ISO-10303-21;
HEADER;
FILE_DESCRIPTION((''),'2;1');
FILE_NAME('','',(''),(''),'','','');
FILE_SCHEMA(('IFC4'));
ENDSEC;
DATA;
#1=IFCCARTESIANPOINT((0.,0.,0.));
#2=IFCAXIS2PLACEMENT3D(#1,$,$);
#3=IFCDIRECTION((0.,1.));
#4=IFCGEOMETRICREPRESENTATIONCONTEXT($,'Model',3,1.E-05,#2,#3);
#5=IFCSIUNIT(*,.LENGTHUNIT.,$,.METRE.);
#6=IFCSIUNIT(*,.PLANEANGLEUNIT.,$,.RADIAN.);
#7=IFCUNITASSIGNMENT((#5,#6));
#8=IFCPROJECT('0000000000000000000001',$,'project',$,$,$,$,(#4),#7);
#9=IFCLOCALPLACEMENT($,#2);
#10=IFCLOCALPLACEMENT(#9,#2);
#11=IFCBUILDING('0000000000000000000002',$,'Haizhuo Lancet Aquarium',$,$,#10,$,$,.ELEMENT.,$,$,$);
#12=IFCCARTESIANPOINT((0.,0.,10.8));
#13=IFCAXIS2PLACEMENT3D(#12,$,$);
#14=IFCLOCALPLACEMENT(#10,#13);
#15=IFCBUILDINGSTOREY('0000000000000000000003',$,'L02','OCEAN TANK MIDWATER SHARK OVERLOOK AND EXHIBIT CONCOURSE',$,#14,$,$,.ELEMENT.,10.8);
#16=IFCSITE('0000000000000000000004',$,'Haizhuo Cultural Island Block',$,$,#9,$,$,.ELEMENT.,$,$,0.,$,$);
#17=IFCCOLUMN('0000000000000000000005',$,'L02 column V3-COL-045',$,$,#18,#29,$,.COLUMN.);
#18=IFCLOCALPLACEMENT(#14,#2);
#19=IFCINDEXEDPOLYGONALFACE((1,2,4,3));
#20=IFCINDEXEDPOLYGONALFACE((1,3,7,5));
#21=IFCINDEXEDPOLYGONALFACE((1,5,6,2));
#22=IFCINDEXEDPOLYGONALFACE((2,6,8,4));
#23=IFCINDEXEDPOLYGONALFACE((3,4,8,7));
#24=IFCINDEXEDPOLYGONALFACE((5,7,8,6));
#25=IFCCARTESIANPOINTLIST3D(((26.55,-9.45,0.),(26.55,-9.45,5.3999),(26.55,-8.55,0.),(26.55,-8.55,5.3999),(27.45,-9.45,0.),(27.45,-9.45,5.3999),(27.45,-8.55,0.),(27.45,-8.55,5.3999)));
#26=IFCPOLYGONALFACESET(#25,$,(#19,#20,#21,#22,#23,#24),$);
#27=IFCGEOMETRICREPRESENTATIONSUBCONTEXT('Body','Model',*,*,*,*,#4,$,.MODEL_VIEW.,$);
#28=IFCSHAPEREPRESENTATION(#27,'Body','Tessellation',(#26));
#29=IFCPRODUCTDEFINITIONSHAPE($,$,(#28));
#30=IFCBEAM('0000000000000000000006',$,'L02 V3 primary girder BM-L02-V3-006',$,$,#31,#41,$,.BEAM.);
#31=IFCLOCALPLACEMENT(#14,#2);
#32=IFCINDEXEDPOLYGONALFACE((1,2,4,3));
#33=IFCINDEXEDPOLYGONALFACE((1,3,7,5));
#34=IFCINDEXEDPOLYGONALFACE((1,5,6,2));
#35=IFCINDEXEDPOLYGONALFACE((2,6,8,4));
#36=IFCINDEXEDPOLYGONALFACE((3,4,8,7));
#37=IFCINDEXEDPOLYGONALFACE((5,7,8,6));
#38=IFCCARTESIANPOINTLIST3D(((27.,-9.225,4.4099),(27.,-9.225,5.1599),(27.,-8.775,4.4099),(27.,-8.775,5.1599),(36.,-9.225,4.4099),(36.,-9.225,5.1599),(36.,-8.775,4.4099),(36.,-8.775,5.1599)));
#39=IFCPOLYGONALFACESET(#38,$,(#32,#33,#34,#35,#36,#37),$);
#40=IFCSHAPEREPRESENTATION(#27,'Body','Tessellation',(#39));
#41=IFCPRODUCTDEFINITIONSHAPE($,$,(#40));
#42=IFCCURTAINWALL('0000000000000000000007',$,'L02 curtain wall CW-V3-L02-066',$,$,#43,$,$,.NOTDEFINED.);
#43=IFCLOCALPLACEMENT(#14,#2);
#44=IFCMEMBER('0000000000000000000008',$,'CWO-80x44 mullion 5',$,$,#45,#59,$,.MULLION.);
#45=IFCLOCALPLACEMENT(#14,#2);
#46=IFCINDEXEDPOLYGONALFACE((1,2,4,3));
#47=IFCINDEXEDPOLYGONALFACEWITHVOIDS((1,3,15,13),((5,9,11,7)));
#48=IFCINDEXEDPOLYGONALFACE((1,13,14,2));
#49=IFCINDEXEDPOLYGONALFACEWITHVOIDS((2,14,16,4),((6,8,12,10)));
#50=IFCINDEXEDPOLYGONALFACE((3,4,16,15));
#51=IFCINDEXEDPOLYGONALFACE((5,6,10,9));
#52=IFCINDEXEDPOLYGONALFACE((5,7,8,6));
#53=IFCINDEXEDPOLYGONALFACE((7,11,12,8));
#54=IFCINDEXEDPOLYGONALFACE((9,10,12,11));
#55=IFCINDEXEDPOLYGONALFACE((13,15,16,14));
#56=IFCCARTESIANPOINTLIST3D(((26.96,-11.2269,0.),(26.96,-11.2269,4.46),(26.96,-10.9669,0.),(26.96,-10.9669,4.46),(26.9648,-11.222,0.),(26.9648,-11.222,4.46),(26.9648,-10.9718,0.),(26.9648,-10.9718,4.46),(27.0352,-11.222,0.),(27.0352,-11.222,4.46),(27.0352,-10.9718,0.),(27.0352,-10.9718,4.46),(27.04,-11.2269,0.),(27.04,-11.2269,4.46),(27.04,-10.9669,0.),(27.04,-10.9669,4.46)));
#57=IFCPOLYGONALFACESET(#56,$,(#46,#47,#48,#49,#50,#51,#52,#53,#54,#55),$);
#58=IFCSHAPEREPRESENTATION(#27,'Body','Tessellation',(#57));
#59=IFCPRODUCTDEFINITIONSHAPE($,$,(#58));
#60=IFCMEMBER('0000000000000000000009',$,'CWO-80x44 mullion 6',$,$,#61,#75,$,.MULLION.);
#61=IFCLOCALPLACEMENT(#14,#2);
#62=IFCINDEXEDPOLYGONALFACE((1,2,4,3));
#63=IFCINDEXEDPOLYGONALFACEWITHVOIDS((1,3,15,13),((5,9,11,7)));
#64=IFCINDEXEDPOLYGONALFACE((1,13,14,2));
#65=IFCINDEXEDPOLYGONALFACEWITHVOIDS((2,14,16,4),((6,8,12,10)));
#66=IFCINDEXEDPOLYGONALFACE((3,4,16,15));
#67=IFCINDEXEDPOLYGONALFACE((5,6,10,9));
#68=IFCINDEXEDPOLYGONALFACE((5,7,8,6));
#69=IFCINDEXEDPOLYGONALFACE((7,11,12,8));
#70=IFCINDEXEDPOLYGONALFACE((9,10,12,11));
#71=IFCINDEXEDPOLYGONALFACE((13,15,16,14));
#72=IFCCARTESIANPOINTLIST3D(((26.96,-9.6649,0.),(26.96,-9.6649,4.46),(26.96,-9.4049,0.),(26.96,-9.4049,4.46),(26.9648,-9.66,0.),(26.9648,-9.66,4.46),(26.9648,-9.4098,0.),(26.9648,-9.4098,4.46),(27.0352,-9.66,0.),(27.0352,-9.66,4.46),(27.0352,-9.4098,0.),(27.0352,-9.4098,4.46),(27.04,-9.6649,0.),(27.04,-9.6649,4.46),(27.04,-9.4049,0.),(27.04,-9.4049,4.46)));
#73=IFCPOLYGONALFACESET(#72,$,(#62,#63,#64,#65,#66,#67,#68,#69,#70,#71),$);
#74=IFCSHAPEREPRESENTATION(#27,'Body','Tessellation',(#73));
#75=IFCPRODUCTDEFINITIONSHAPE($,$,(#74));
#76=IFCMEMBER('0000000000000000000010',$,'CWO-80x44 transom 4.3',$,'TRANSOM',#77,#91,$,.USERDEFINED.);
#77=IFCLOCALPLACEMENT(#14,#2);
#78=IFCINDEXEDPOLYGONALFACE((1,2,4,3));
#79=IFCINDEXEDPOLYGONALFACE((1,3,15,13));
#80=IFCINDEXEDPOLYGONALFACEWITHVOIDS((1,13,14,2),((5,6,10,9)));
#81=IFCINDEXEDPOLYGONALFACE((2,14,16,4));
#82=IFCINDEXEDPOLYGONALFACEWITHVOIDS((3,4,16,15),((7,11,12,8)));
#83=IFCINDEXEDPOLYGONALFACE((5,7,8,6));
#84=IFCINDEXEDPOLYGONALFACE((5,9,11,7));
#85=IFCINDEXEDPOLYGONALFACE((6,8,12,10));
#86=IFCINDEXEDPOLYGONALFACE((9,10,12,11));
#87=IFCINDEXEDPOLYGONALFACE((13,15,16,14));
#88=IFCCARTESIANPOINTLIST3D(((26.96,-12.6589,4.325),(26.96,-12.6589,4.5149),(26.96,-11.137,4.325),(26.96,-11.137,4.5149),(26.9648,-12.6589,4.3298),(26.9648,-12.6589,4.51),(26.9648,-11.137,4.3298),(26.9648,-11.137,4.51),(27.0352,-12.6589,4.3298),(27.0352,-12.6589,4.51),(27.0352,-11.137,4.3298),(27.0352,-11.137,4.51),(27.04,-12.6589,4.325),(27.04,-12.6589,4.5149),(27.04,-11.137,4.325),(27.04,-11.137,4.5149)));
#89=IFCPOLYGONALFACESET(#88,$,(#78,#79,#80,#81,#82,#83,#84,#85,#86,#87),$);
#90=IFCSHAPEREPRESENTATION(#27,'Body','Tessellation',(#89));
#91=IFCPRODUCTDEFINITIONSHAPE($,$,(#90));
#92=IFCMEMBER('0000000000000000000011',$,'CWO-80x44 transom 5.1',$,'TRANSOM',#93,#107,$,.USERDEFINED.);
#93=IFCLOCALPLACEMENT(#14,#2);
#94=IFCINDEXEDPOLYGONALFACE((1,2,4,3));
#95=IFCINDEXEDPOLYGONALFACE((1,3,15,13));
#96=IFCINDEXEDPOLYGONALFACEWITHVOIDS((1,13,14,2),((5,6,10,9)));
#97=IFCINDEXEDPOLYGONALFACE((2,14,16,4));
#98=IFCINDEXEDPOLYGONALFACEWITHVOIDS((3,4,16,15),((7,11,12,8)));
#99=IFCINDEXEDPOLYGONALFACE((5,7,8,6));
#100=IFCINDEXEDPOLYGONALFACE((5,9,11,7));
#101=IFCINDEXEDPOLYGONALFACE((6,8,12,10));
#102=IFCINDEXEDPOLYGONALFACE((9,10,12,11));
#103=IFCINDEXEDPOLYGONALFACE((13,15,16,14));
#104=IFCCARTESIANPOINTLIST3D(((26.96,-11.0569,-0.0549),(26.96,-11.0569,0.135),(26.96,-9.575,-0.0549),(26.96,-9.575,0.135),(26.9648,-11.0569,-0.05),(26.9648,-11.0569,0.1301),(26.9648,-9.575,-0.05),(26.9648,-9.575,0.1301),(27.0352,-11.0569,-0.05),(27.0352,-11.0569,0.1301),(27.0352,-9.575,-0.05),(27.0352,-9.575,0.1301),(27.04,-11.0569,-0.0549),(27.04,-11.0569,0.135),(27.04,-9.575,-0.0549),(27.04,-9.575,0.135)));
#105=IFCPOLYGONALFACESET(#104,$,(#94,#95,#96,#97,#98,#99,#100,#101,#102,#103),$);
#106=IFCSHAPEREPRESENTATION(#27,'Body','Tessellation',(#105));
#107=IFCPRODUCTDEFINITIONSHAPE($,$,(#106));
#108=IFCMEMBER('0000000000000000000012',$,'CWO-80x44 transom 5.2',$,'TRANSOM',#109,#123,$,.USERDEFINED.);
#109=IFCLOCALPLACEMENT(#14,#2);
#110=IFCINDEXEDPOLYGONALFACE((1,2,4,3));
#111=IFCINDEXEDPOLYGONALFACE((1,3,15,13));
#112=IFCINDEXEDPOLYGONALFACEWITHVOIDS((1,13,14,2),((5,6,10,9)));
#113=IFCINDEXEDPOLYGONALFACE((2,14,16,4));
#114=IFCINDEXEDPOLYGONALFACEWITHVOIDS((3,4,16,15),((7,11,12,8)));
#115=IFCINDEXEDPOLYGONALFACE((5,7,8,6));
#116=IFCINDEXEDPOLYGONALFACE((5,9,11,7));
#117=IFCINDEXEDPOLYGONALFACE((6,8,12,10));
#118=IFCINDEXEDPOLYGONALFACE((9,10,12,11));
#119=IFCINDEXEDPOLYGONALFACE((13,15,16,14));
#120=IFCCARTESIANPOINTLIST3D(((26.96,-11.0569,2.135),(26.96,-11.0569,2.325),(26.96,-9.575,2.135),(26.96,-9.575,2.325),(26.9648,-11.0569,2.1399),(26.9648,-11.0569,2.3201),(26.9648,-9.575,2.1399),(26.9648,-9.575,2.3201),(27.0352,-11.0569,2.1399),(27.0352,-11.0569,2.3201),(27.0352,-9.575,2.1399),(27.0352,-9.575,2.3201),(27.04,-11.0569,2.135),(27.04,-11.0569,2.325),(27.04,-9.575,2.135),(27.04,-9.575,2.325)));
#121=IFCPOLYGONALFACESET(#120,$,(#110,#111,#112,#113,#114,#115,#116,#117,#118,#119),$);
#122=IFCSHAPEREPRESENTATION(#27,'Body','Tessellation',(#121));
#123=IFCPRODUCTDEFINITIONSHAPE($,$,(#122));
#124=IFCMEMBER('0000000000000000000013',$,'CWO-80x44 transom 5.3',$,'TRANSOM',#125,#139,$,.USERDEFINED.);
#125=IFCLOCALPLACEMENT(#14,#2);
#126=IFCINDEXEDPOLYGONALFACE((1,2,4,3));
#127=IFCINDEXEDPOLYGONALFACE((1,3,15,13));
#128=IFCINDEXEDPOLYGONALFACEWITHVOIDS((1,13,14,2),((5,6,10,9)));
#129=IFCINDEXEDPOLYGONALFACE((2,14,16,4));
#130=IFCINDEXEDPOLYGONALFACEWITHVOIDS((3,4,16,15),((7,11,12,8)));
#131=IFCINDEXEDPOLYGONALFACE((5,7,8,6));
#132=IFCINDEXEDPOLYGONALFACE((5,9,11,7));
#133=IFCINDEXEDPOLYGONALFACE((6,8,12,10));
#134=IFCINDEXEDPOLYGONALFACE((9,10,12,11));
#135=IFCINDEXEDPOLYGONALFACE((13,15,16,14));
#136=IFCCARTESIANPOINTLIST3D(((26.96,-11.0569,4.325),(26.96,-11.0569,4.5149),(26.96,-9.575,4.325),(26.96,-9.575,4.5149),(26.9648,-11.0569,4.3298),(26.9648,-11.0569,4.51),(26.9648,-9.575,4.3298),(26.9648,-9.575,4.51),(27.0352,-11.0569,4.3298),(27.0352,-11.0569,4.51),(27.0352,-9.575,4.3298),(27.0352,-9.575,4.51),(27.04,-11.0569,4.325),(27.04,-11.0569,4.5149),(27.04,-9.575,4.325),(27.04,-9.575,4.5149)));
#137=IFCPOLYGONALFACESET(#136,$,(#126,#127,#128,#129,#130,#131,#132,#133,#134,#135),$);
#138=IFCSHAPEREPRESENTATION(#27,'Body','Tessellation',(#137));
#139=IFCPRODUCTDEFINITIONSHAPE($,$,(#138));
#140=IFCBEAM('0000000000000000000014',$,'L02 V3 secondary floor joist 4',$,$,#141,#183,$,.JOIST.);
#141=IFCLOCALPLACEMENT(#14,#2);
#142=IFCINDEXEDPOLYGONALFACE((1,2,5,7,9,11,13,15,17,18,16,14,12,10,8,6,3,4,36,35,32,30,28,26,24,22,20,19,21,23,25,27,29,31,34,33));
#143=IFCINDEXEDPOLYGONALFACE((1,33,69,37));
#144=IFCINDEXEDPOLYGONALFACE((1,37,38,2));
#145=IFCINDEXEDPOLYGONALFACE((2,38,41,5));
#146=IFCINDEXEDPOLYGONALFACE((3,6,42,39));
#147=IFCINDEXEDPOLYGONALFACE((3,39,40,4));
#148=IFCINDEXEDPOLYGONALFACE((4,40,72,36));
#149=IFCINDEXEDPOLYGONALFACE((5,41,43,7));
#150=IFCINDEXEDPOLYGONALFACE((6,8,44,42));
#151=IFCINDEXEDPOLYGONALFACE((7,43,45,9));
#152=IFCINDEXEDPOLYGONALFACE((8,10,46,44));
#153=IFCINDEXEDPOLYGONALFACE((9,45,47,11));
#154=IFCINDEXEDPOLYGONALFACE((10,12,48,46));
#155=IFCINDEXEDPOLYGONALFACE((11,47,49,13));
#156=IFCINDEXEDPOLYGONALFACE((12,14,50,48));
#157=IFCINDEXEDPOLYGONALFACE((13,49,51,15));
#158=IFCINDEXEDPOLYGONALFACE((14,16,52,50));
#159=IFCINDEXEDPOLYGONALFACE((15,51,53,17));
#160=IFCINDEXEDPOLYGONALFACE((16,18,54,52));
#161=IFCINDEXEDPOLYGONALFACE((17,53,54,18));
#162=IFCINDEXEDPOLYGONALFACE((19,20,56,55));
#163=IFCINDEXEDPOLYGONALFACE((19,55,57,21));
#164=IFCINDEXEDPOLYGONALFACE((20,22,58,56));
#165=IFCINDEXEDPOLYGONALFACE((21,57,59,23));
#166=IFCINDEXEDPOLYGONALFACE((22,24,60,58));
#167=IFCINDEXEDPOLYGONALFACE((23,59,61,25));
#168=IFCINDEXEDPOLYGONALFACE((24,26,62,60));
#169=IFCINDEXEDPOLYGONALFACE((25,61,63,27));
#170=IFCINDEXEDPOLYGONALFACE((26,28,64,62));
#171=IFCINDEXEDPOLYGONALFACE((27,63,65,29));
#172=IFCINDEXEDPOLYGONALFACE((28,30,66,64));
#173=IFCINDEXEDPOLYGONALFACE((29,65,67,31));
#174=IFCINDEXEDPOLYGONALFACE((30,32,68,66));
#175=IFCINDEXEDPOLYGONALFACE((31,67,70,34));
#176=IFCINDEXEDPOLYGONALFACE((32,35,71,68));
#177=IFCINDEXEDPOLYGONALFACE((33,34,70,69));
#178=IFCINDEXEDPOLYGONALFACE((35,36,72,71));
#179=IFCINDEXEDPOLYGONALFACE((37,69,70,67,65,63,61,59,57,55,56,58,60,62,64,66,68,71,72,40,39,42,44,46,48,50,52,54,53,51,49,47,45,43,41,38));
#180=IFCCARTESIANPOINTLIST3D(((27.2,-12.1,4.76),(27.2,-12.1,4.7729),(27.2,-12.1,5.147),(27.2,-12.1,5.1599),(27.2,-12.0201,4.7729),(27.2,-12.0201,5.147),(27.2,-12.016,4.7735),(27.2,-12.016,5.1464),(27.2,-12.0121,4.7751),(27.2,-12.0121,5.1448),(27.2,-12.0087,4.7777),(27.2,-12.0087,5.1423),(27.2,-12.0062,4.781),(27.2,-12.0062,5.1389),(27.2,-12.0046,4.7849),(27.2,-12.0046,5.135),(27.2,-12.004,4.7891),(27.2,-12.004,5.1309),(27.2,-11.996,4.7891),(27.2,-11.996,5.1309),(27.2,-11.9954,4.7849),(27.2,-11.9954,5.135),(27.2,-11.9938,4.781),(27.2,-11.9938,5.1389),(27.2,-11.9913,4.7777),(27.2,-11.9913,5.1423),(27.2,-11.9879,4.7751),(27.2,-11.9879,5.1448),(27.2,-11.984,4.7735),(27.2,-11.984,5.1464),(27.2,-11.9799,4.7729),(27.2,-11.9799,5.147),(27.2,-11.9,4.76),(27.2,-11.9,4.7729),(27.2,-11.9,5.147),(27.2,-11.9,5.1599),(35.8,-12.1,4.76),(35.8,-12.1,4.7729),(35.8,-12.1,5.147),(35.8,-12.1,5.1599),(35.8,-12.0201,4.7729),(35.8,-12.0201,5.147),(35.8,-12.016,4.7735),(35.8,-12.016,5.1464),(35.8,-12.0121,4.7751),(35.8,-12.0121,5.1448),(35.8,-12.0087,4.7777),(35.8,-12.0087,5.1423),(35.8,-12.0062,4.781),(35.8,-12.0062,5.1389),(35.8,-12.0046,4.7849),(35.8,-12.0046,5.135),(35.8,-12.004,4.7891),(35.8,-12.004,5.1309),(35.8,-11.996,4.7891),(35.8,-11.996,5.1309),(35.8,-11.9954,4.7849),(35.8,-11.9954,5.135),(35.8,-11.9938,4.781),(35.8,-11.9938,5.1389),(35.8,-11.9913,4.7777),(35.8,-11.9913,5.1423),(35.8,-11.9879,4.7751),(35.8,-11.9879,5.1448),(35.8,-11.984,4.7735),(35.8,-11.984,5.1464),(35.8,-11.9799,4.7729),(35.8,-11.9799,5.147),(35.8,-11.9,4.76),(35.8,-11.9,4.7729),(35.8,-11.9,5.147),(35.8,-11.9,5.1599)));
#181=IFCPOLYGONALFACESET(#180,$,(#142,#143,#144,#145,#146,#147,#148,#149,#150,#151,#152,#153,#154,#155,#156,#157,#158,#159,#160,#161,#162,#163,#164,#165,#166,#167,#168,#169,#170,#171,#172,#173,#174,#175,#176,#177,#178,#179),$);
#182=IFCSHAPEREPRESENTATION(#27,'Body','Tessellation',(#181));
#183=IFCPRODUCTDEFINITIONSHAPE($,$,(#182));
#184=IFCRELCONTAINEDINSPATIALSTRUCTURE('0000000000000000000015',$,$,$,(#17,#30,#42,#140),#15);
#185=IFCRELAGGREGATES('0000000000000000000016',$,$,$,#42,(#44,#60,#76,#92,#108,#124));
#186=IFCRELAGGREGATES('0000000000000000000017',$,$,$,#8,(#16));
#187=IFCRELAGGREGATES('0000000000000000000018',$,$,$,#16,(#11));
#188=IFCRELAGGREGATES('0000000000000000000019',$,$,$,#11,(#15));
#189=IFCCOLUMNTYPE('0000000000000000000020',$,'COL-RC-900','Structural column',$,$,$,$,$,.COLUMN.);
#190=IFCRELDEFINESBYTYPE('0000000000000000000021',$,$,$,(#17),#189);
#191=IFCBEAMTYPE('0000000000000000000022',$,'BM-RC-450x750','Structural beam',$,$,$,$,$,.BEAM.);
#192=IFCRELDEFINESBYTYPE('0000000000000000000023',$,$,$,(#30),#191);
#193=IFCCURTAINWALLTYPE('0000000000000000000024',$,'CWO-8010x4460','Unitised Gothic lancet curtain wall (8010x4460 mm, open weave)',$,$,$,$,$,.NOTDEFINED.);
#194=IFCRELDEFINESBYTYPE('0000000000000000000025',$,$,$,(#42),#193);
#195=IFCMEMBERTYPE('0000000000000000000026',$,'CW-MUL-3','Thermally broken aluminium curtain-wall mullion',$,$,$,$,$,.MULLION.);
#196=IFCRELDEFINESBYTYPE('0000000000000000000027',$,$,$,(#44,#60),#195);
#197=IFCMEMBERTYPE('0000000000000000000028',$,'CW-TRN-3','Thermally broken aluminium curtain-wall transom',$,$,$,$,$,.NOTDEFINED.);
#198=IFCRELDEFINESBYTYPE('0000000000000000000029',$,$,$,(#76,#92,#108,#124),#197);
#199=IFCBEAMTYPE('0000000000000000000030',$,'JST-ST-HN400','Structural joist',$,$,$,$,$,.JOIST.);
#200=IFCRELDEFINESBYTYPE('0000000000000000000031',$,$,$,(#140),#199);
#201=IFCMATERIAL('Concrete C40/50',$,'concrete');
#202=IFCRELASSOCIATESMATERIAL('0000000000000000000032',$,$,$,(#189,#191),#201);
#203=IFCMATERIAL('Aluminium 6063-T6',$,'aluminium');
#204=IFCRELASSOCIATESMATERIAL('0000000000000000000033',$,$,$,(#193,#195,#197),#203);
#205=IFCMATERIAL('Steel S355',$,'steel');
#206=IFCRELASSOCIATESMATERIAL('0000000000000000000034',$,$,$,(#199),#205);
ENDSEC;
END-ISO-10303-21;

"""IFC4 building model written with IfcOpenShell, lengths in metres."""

from ifc_helpers import new_model, si_unit, direction, frame, origin, origin_2d, place, context, subcontext, project, spatial, rectangle, hollow_rectangle, i_section, extrude, material, material_profile, profile_set, type_object, element, aggregate, save


model = new_model("IFC4")

# Units and contexts
model_context = context("Model", 3, precision=1e-05, world=origin(), true_north=direction((0.0, 1.0)))
body_context = subcontext(model_context, "Body", "Model", "MODEL_VIEW")
ifc_project = project(units=[si_unit("LENGTHUNIT", "METRE"), si_unit("PLANEANGLEUNIT", "RADIAN")], contexts=[model_context])

# Site, building, storey
site_placement = place(None, origin())
site = spatial("IfcSite", under=ifc_project, at=site_placement, Name="Haizhuo Cultural Island Block", CompositionType="ELEMENT", RefElevation=0.0)
building_placement = place(site_placement, origin())
building = spatial("IfcBuilding", under=site, at=building_placement, Name="Haizhuo Lancet Aquarium", CompositionType="ELEMENT")
storey_placement = place(building_placement, frame((0.0, 0.0, 10.8)))
storey = spatial("IfcBuildingStorey", under=building, at=storey_placement, Name="L02", Description="OCEAN TANK MIDWATER SHARK OVERLOOK AND EXHIBIT CONCOURSE", CompositionType="ELEMENT", Elevation=10.8)

# Column
ifc_material_1 = material(Name="Concrete C40/50", Category="concrete")
ifc_material_profile_1 = material_profile(ifc_material_1, rectangle(XDim=0.8999, YDim=0.8999, at=origin_2d()), Name="RC-COL 900x900")
ifc_profile_set_1 = profile_set([ifc_material_profile_1], Name="Concrete C40/50")
column_type = type_object("IfcColumnType", Name="COL-RC-900", Description="Structural column", PredefinedType="COLUMN", material=ifc_profile_set_1)
column_placement = place(storey_placement, frame((27.0, -9.0, 0.0), z_axis=(0.0, 0.0, 1.0), x_axis=(1.0, 0.0, 0.0)))
element("IfcColumn", 1, at=column_placement, inside=storey, type_object=column_type, Name="L02 column V3-COL-045", PredefinedType="COLUMN", context=body_context, shape_type="SweptSolid", body=[
    extrude(rectangle(XDim=0.8999, YDim=0.8999, at=origin_2d()), origin(), (0.0, 0.0, 1.0), 5.3999),
])

# Beam
ifc_material_profile_2 = material_profile(ifc_material_1, rectangle(XDim=0.45, YDim=0.75, at=origin_2d()), Name="RC-BM 450x750")
ifc_profile_set_2 = profile_set([ifc_material_profile_2], Name="Concrete C40/50")
beam_type_1 = type_object("IfcBeamType", Name="BM-RC-450x750", Description="Structural beam", PredefinedType="BEAM", material=ifc_profile_set_2)
beam_1_placement = place(storey_placement, frame((27.0, -9.0, 4.7849), z_axis=(1.0, 0.0, 0.0), x_axis=(0.0, 1.0, 0.0)))
element("IfcBeam", 2, at=beam_1_placement, inside=storey, type_object=beam_type_1, Name="L02 V3 primary girder BM-L02-V3-006", PredefinedType="BEAM", context=body_context, shape_type="SweptSolid", body=[
    extrude(rectangle(XDim=0.45, YDim=0.75, at=origin_2d()), origin(), (0.0, 0.0, 1.0), 9.0),
])

# Curtain wall, members
ifc_material_2 = material(Name="Aluminium 6063-T6", Category="aluminium")
curtain_wall_type = type_object("IfcCurtainWallType", Name="CWO-8010x4460", Description="Unitised Gothic lancet curtain wall (8010x4460 mm, open weave)", PredefinedType="NOTDEFINED", material=ifc_material_2)
curtain_wall_placement = place(storey_placement, origin())
curtain_wall = element("IfcCurtainWall", 3, at=curtain_wall_placement, inside=storey, type_object=curtain_wall_type, Name="L02 curtain wall CW-V3-L02-066", PredefinedType="NOTDEFINED")
ifc_material_profile_3 = material_profile(ifc_material_2, hollow_rectangle(XDim=0.0801, YDim=0.26, WallThickness=0.0049, at=origin_2d()), Name="ALU-M 80x260x5")
ifc_profile_set_3 = profile_set([ifc_material_profile_3], Name="Aluminium 6063-T6")
member_type_1 = type_object("IfcMemberType", Name="CW-MUL-3", Description="Thermally broken aluminium curtain-wall mullion", PredefinedType="MULLION", material=ifc_profile_set_3)
member_1_placement = place(storey_placement, frame((27.0, -11.0969, 0.0), z_axis=(0.0, 0.0, 1.0), x_axis=(-1.0, 0.0, 0.0)))
member_1 = element("IfcMember", 4, at=member_1_placement, type_object=member_type_1, Name="CWO-80x44 mullion 5", PredefinedType="MULLION", context=body_context, shape_type="SweptSolid", body=[
    extrude(hollow_rectangle(XDim=0.0801, YDim=0.26, WallThickness=0.0049, at=origin_2d()), origin(), (0.0, 0.0, 1.0), 4.46),
])
member_2_placement = place(storey_placement, frame((27.0, -9.5349, 0.0), z_axis=(0.0, 0.0, 1.0), x_axis=(-1.0, 0.0, 0.0)))
member_2 = element("IfcMember", 5, at=member_2_placement, type_object=member_type_1, Name="CWO-80x44 mullion 6", PredefinedType="MULLION", context=body_context, shape_type="SweptSolid", body=[
    extrude(hollow_rectangle(XDim=0.0801, YDim=0.26, WallThickness=0.0049, at=origin_2d()), origin(), (0.0, 0.0, 1.0), 4.46),
])
ifc_material_profile_4 = material_profile(ifc_material_2, hollow_rectangle(XDim=0.0801, YDim=0.1899, WallThickness=0.0049, at=origin_2d()), Name="ALU-T 80x190x5")
ifc_profile_set_4 = profile_set([ifc_material_profile_4], Name="Aluminium 6063-T6")
member_type_2 = type_object("IfcMemberType", Name="CW-TRN-3", Description="Thermally broken aluminium curtain-wall transom", PredefinedType="NOTDEFINED", material=ifc_profile_set_4)
member_3_placement = place(storey_placement, frame((27.0, -12.6589, 4.4199), z_axis=(0.0, 1.0, 0.0), x_axis=(-1.0, 0.0, 0.0)))
member_3 = element("IfcMember", 6, at=member_3_placement, type_object=member_type_2, Name="CWO-80x44 transom 4.3", ObjectType="TRANSOM", PredefinedType="USERDEFINED", context=body_context, shape_type="SweptSolid", body=[
    extrude(hollow_rectangle(XDim=0.0801, YDim=0.1899, WallThickness=0.0049, at=origin_2d()), origin(), (0.0, 0.0, 1.0), 1.522),
])
member_4_placement = place(storey_placement, frame((27.0, -11.0569, 0.04), z_axis=(0.0, 1.0, 0.0), x_axis=(-1.0, 0.0, 0.0)))
member_4 = element("IfcMember", 7, at=member_4_placement, type_object=member_type_2, Name="CWO-80x44 transom 5.1", ObjectType="TRANSOM", PredefinedType="USERDEFINED", context=body_context, shape_type="SweptSolid", body=[
    extrude(hollow_rectangle(XDim=0.0801, YDim=0.1899, WallThickness=0.0049, at=origin_2d()), origin(), (0.0, 0.0, 1.0), 1.4819),
])
member_5_placement = place(storey_placement, frame((27.0, -11.0569, 2.23), z_axis=(0.0, 1.0, 0.0), x_axis=(-1.0, 0.0, 0.0)))
member_5 = element("IfcMember", 8, at=member_5_placement, type_object=member_type_2, Name="CWO-80x44 transom 5.2", ObjectType="TRANSOM", PredefinedType="USERDEFINED", context=body_context, shape_type="SweptSolid", body=[
    extrude(hollow_rectangle(XDim=0.0801, YDim=0.1899, WallThickness=0.0049, at=origin_2d()), origin(), (0.0, 0.0, 1.0), 1.4819),
])
member_6_placement = place(storey_placement, frame((27.0, -11.0569, 4.4199), z_axis=(0.0, 1.0, 0.0), x_axis=(-1.0, 0.0, 0.0)))
member_6 = element("IfcMember", 9, at=member_6_placement, type_object=member_type_2, Name="CWO-80x44 transom 5.3", ObjectType="TRANSOM", PredefinedType="USERDEFINED", context=body_context, shape_type="SweptSolid", body=[
    extrude(hollow_rectangle(XDim=0.0801, YDim=0.1899, WallThickness=0.0049, at=origin_2d()), origin(), (0.0, 0.0, 1.0), 1.4819),
])

# Beam
ifc_material_3 = material(Name="Steel S355", Category="steel")
ifc_material_profile_5 = material_profile(ifc_material_3, i_section(OverallWidth=0.2, OverallDepth=0.3999, WebThickness=0.0081, FlangeThickness=0.0129, FilletRadius=0.0161, at=origin_2d()), Name="HN 400x200x8x13")
ifc_profile_set_5 = profile_set([ifc_material_profile_5], Name="Steel S355")
beam_type_2 = type_object("IfcBeamType", Name="JST-ST-HN400", Description="Structural joist", PredefinedType="JOIST", material=ifc_profile_set_5)
beam_2_placement = place(storey_placement, frame((27.2, -12.0, 4.96), z_axis=(1.0, 0.0, 0.0), x_axis=(0.0, 1.0, 0.0)))
element("IfcBeam", 10, at=beam_2_placement, inside=storey, type_object=beam_type_2, Name="L02 V3 secondary floor joist 4", PredefinedType="JOIST", context=body_context, shape_type="SweptSolid", body=[
    extrude(i_section(OverallWidth=0.2, OverallDepth=0.3999, WebThickness=0.0081, FlangeThickness=0.0129, FilletRadius=0.0161, at=origin_2d()), origin(), (0.0, 0.0, 1.0), 8.6001),
])

aggregate(curtain_wall, [member_1, member_2, member_3, member_4, member_5, member_6])

save(model, "model.ifc")
